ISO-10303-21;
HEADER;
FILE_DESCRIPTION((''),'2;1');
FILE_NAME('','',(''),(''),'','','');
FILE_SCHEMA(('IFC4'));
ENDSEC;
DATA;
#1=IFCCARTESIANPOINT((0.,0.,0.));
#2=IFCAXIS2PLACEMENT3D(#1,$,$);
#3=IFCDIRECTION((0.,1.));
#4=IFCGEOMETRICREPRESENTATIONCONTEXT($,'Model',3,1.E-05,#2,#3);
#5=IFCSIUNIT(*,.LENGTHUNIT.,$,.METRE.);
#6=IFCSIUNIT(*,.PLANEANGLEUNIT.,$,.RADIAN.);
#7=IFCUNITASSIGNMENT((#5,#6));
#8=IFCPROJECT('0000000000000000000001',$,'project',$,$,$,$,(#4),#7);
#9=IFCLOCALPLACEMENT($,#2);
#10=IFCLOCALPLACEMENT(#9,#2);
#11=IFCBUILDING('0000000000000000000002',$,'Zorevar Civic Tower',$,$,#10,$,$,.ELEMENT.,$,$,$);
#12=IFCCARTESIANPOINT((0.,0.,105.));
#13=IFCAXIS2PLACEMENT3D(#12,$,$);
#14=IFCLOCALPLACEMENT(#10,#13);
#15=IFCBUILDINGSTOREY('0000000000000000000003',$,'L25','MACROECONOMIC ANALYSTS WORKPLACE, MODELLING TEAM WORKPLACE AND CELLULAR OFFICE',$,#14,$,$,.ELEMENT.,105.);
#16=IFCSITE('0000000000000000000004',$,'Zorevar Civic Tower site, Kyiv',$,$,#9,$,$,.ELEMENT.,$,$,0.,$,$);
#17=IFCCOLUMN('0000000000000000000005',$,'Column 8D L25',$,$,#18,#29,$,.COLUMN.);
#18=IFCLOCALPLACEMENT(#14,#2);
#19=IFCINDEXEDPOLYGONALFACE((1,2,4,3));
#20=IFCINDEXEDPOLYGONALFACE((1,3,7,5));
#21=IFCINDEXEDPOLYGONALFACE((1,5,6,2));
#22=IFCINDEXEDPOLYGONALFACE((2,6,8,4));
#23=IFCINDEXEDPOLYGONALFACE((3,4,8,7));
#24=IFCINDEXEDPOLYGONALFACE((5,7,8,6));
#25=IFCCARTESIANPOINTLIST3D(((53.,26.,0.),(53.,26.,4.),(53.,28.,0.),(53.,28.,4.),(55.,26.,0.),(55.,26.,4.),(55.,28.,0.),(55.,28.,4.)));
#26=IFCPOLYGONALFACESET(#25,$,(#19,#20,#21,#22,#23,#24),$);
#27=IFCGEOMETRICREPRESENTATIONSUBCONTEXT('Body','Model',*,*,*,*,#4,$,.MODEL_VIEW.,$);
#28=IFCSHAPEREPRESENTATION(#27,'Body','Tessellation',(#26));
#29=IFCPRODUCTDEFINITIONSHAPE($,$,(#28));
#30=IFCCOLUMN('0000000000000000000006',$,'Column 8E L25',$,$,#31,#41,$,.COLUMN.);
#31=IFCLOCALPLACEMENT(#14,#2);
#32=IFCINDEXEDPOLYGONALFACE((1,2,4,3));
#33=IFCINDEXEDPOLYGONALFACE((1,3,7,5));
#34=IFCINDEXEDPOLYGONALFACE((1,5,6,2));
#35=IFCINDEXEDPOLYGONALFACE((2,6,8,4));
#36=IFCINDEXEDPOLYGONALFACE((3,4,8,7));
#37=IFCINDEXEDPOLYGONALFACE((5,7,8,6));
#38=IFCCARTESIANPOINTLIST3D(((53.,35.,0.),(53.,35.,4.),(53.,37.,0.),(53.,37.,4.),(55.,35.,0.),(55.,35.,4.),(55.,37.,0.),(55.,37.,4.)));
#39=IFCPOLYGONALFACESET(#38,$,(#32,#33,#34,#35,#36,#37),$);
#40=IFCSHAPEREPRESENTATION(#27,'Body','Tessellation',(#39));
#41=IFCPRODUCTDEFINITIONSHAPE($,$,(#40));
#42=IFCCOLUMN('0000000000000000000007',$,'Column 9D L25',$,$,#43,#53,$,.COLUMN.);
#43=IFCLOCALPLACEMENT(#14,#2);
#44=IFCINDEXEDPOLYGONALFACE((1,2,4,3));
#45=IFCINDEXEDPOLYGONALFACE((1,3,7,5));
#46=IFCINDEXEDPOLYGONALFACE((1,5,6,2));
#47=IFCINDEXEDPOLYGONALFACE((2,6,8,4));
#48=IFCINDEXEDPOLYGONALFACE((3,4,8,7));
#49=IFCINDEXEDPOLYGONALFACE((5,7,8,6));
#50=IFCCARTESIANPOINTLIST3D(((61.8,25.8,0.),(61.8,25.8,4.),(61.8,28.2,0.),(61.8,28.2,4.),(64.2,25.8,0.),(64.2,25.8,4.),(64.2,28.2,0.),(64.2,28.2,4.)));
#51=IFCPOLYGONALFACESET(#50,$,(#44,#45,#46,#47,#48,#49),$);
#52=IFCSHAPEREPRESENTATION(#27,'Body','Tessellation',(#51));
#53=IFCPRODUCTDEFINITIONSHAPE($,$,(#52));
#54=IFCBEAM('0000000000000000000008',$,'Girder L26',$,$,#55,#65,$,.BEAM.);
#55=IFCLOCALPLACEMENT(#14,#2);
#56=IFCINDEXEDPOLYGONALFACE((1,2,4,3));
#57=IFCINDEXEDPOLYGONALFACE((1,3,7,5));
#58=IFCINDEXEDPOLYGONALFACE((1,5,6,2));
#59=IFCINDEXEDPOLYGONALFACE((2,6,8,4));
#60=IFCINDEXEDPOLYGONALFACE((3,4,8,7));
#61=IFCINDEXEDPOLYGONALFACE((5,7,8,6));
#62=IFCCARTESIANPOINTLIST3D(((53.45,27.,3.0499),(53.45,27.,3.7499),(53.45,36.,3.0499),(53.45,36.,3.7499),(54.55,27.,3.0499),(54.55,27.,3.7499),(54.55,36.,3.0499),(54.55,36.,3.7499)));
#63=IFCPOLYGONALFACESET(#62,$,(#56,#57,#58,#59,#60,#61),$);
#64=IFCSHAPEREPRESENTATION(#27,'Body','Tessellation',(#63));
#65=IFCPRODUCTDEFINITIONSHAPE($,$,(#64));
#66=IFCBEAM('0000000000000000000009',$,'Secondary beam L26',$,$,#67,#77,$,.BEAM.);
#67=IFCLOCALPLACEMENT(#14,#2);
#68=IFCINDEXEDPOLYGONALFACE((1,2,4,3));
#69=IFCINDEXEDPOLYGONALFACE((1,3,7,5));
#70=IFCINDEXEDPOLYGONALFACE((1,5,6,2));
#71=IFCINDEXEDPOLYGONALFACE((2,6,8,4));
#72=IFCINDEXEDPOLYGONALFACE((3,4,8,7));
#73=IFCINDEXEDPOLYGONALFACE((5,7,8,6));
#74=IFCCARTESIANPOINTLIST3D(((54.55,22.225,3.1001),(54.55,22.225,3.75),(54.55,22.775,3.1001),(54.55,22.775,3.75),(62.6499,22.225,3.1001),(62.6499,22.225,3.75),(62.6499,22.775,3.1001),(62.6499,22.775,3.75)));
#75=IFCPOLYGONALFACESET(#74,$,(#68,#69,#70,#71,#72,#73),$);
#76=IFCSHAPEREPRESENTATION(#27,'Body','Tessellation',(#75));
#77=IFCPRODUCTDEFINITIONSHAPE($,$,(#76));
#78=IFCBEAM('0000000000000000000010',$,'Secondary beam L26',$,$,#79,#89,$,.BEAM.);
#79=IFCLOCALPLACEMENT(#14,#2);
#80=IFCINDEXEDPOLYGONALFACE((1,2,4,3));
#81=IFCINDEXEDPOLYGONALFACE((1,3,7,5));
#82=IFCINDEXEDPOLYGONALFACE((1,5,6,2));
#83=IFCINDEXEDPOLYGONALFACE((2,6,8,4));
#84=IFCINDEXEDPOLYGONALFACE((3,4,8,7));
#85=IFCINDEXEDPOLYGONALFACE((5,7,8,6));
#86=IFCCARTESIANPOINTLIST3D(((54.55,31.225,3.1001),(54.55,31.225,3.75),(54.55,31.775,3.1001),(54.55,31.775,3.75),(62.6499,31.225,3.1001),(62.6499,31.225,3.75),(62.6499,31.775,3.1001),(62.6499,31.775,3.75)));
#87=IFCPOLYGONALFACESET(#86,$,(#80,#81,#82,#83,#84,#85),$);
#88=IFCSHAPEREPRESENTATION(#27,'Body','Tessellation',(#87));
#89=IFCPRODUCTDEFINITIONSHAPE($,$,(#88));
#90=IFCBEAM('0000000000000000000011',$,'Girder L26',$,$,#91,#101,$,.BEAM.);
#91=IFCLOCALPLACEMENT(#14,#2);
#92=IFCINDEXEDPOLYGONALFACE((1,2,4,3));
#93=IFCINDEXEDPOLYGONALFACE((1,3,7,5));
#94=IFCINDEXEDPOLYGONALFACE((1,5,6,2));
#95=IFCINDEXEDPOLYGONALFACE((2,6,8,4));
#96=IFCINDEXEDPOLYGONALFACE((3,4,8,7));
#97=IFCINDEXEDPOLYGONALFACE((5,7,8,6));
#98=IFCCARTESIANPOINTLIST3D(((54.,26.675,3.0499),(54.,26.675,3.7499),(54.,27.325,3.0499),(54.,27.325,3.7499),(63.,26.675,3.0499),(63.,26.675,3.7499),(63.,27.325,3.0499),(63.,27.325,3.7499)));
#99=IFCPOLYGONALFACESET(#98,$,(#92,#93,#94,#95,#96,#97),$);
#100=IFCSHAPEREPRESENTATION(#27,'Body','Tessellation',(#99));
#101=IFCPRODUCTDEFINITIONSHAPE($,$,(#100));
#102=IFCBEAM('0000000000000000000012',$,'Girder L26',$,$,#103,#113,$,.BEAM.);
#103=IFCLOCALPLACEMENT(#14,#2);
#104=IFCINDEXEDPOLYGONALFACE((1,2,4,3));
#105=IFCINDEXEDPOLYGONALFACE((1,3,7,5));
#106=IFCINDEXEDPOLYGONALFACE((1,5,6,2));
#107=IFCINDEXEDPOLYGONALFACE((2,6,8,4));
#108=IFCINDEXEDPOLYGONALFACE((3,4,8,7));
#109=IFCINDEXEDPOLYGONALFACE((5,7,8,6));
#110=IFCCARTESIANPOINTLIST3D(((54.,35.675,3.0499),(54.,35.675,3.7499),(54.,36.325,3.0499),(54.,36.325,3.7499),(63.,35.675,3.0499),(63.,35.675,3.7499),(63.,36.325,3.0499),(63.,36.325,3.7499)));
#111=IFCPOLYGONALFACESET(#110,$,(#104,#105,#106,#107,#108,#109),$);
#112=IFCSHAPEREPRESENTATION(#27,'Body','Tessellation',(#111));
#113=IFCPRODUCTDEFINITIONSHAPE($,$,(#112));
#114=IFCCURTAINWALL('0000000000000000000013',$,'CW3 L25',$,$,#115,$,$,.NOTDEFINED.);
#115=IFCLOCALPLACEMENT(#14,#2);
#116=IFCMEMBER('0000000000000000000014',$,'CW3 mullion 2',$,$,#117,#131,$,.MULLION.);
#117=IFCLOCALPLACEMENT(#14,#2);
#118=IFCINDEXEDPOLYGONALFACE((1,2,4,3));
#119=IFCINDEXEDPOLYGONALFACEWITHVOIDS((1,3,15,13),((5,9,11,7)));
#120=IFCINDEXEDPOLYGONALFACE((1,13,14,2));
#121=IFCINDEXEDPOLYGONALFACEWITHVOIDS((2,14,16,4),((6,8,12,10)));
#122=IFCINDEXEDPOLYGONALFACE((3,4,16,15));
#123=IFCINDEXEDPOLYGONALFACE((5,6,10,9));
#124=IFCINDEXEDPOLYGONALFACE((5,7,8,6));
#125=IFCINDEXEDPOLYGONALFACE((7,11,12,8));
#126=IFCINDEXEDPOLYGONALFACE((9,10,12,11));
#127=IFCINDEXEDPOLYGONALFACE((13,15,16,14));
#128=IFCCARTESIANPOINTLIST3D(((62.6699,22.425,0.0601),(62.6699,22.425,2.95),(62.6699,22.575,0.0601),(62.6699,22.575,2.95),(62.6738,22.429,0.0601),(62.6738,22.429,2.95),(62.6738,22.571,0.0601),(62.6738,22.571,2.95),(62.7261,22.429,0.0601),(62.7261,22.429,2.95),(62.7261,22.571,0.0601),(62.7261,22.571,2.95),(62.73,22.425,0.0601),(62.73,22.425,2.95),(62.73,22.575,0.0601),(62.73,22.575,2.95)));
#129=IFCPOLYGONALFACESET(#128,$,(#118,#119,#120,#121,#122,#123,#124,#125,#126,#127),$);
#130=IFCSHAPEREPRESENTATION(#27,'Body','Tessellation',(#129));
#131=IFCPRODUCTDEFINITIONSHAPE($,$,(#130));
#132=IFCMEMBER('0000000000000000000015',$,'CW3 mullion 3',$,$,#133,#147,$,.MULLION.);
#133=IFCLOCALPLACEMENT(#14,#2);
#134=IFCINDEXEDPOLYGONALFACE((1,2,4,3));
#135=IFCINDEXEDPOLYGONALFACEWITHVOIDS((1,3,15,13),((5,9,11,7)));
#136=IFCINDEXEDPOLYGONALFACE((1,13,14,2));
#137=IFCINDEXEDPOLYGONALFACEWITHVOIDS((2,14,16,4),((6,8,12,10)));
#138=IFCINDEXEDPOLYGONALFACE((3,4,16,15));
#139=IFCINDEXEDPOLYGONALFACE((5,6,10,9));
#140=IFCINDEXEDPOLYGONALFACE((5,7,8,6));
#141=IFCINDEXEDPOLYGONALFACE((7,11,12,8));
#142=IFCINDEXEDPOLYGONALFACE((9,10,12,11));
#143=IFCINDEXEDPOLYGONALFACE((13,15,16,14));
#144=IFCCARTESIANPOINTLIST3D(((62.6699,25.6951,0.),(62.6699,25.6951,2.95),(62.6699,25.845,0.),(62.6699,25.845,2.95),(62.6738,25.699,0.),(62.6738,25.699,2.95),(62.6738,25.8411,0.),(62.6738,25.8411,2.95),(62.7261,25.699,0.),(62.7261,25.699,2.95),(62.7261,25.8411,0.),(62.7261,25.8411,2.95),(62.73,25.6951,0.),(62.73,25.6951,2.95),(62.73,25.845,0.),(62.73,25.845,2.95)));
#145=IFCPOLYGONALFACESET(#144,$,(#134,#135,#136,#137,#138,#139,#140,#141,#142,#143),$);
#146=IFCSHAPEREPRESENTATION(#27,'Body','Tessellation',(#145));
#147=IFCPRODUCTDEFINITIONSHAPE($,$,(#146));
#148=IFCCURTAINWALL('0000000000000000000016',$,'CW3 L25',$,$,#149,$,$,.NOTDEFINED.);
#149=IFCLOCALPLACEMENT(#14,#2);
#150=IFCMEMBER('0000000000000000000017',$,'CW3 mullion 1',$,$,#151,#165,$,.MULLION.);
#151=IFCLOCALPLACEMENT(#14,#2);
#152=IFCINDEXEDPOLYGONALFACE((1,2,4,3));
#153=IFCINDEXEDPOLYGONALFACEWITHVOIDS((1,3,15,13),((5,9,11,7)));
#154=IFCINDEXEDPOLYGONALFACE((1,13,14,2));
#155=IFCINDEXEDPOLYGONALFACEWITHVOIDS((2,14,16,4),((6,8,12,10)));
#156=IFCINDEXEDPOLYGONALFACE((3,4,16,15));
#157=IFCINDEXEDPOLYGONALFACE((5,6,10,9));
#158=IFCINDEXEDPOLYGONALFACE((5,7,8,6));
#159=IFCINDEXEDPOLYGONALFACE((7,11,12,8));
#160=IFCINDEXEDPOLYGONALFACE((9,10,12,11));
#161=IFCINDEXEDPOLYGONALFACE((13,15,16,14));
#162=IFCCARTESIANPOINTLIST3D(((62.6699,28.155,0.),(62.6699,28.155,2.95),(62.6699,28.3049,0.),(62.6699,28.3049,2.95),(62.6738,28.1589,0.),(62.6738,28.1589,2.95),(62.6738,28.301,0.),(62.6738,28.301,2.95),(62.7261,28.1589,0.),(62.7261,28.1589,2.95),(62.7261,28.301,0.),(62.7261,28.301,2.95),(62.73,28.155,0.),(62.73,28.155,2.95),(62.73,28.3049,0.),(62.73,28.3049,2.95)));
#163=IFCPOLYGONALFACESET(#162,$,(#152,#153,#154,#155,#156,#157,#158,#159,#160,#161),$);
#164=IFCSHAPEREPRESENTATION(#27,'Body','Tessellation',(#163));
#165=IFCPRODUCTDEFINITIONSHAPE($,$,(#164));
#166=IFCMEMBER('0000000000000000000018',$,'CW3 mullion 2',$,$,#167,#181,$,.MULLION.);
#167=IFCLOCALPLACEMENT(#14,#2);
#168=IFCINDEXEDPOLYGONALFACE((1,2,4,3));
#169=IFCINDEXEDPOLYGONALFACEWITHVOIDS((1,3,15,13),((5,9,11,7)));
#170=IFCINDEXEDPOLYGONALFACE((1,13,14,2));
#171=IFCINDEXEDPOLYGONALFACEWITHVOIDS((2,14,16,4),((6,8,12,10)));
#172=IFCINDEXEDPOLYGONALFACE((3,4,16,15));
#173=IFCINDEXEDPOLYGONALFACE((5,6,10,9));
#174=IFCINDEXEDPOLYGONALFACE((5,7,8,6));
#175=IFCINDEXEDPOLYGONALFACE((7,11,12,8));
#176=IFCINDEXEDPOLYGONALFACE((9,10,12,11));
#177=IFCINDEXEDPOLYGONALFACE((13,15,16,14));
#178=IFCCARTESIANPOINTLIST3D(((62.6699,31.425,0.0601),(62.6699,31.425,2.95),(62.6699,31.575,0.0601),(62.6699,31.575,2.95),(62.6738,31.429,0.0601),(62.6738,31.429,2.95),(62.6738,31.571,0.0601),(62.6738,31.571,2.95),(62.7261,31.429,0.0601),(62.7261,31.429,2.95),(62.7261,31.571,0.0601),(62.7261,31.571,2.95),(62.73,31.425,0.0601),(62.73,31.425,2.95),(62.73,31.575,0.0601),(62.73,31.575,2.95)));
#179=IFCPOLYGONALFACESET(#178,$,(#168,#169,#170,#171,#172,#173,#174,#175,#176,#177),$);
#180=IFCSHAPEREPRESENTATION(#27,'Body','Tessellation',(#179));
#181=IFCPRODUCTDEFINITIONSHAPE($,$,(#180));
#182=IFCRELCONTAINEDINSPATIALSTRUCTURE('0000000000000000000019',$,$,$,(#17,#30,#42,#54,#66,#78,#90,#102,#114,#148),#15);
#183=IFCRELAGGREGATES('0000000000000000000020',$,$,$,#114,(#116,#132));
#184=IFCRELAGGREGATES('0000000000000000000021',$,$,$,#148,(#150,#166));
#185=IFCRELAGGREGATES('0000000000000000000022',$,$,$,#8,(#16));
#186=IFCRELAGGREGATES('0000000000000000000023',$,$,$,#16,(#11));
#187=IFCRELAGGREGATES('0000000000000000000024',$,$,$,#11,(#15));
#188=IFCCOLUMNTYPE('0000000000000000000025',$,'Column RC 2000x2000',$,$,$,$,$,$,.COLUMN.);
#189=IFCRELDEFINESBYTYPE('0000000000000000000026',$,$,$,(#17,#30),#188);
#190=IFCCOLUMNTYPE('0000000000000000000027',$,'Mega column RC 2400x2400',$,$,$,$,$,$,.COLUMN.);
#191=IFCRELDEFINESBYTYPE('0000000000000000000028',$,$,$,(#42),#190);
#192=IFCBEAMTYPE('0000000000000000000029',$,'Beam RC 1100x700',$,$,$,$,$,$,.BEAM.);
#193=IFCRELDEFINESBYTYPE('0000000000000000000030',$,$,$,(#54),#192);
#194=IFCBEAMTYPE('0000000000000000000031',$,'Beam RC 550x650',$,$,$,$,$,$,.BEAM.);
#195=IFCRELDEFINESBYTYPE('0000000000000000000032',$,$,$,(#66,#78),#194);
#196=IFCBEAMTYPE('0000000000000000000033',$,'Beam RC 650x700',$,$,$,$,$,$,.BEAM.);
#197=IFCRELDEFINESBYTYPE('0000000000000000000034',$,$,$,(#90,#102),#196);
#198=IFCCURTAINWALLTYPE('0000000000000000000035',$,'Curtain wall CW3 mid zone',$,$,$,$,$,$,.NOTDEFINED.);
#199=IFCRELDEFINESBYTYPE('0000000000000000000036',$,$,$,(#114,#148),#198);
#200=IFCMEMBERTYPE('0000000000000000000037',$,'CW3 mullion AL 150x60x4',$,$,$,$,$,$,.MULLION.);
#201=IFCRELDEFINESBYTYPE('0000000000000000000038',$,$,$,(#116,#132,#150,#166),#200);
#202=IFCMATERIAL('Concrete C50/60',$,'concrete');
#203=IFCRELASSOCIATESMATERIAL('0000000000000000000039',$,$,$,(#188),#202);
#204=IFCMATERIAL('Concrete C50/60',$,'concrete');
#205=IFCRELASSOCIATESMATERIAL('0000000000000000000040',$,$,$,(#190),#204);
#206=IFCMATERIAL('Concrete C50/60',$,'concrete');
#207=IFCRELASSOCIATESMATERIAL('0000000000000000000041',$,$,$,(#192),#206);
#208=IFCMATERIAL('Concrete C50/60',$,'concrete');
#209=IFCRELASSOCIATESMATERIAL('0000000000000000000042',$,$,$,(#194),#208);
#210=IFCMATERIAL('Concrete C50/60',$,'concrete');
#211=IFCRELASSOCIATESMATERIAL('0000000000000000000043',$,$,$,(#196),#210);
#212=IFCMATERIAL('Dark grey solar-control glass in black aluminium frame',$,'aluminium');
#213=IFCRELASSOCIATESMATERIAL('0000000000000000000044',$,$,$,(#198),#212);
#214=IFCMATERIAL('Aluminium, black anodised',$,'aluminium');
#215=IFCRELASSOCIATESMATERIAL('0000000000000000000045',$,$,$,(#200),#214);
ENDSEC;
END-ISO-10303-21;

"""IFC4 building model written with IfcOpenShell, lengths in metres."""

from ifc_helpers import new_model, si_unit, direction, frame, origin, origin_2d, place, context, subcontext, project, spatial, rectangle, hollow_rectangle, extrude, material, material_profile, profile_set, type_object, element, aggregate, save


model = new_model("IFC4")

# Units and contexts
model_context = context("Model", 3, precision=1e-05, world=origin(), true_north=direction((0.0, 1.0)))
body_context = subcontext(model_context, "Body", "Model", "MODEL_VIEW")
ifc_project = project(units=[si_unit("LENGTHUNIT", "METRE"), si_unit("PLANEANGLEUNIT", "RADIAN")], contexts=[model_context])

# Site, building, storey
site_placement = place(None, origin())
site = spatial("IfcSite", under=ifc_project, at=site_placement, Name="Zorevar Civic Tower site, Kyiv", CompositionType="ELEMENT", RefElevation=0.0)
building_placement = place(site_placement, origin())
building = spatial("IfcBuilding", under=site, at=building_placement, Name="Zorevar Civic Tower", CompositionType="ELEMENT")
storey_placement = place(building_placement, frame((0.0, 0.0, 105.0)))
storey = spatial("IfcBuildingStorey", under=building, at=storey_placement, Name="L25", Description="MACROECONOMIC ANALYSTS WORKPLACE, MODELLING TEAM WORKPLACE AND CELLULAR OFFICE", CompositionType="ELEMENT", Elevation=105.0)

# Columns
ifc_material_1 = material(Name="Concrete C50/60", Category="concrete")
ifc_material_profile_1 = material_profile(ifc_material_1, rectangle(XDim=2.0, YDim=2.0, at=origin_2d()), Name="RC 2000x2000")
ifc_profile_set_1 = profile_set([ifc_material_profile_1], Name="Concrete C50/60")
column_type_1 = type_object("IfcColumnType", Name="Column RC 2000x2000", PredefinedType="COLUMN", material=ifc_profile_set_1)
for number, where, z_axis, x_axis, name in (
    (1, (54.0, 27.0, 0.0), (0.0, 0.0, 1.0), (1.0, 0.0, 0.0), "Column 8D L25"),
    (2, (54.0, 36.0, 0.0), (0.0, 0.0, 1.0), (1.0, 0.0, 0.0), "Column 8E L25"),
):
    element("IfcColumn", number, at=place(storey_placement, frame(where, z_axis=z_axis, x_axis=x_axis)), inside=storey, type_object=column_type_1, Name=name, PredefinedType="COLUMN", context=body_context, shape_type="SweptSolid", body=[
        extrude(rectangle(XDim=2.0, YDim=2.0, at=origin_2d()), origin(), (0.0, 0.0, 1.0), 4.0),
    ])
ifc_material_2 = material(Name="Concrete C50/60", Category="concrete")
ifc_material_profile_2 = material_profile(ifc_material_2, rectangle(XDim=2.3999, YDim=2.3999, at=origin_2d()), Name="RC 2400x2400")
ifc_profile_set_2 = profile_set([ifc_material_profile_2], Name="Concrete C50/60")
column_type_2 = type_object("IfcColumnType", Name="Mega column RC 2400x2400", PredefinedType="COLUMN", material=ifc_profile_set_2)
column_placement = place(storey_placement, frame((63.0, 27.0, 0.0), z_axis=(0.0, 0.0, 1.0), x_axis=(1.0, 0.0, 0.0)))
element("IfcColumn", 3, at=column_placement, inside=storey, type_object=column_type_2, Name="Column 9D L25", PredefinedType="COLUMN", context=body_context, shape_type="SweptSolid", body=[
    extrude(rectangle(XDim=2.3999, YDim=2.3999, at=origin_2d()), origin(), (0.0, 0.0, 1.0), 4.0),
])

# Beams
ifc_material_3 = material(Name="Concrete C50/60", Category="concrete")
ifc_material_profile_3 = material_profile(ifc_material_3, rectangle(XDim=1.1001, YDim=0.7, at=origin_2d()), Name="RC 1100x700")
ifc_profile_set_3 = profile_set([ifc_material_profile_3], Name="Concrete C50/60")
beam_type_1 = type_object("IfcBeamType", Name="Beam RC 1100x700", PredefinedType="BEAM", material=ifc_profile_set_3)
beam_1_placement = place(storey_placement, frame((54.0, 27.0, 3.3999), z_axis=(0.0, 1.0, 0.0), x_axis=(-1.0, 0.0, 0.0)))
element("IfcBeam", 4, at=beam_1_placement, inside=storey, type_object=beam_type_1, Name="Girder L26", PredefinedType="BEAM", context=body_context, shape_type="SweptSolid", body=[
    extrude(rectangle(XDim=1.1001, YDim=0.7, at=origin_2d()), origin(), (0.0, 0.0, 1.0), 9.0),
])
ifc_material_4 = material(Name="Concrete C50/60", Category="concrete")
ifc_material_profile_4 = material_profile(ifc_material_4, rectangle(XDim=0.55, YDim=0.6499, at=origin_2d()), Name="RC 550x650")
ifc_profile_set_4 = profile_set([ifc_material_profile_4], Name="Concrete C50/60")
beam_type_2 = type_object("IfcBeamType", Name="Beam RC 550x650", PredefinedType="BEAM", material=ifc_profile_set_4)
for number, where, z_axis, x_axis, name in (
    (5, (54.55, 22.5, 3.425), (1.0, 0.0, 0.0), (0.0, 1.0, 0.0), "Secondary beam L26"),
    (6, (54.55, 31.5, 3.425), (1.0, 0.0, 0.0), (0.0, 1.0, 0.0), "Secondary beam L26"),
):
    element("IfcBeam", number, at=place(storey_placement, frame(where, z_axis=z_axis, x_axis=x_axis)), inside=storey, type_object=beam_type_2, Name=name, PredefinedType="BEAM", context=body_context, shape_type="SweptSolid", body=[
        extrude(rectangle(XDim=0.55, YDim=0.6499, at=origin_2d()), origin(), (0.0, 0.0, 1.0), 8.0999),
    ])
ifc_material_5 = material(Name="Concrete C50/60", Category="concrete")
ifc_material_profile_5 = material_profile(ifc_material_5, rectangle(XDim=0.6499, YDim=0.7, at=origin_2d()), Name="RC 650x700")
ifc_profile_set_5 = profile_set([ifc_material_profile_5], Name="Concrete C50/60")
beam_type_3 = type_object("IfcBeamType", Name="Beam RC 650x700", PredefinedType="BEAM", material=ifc_profile_set_5)
for number, where, z_axis, x_axis, name in (
    (7, (54.0, 27.0, 3.3999), (1.0, 0.0, 0.0), (0.0, 1.0, 0.0), "Girder L26"),
    (8, (54.0, 36.0, 3.3999), (1.0, 0.0, 0.0), (0.0, 1.0, 0.0), "Girder L26"),
):
    element("IfcBeam", number, at=place(storey_placement, frame(where, z_axis=z_axis, x_axis=x_axis)), inside=storey, type_object=beam_type_3, Name=name, PredefinedType="BEAM", context=body_context, shape_type="SweptSolid", body=[
        extrude(rectangle(XDim=0.6499, YDim=0.7, at=origin_2d()), origin(), (0.0, 0.0, 1.0), 9.0),
    ])

# Curtain walls, members
ifc_material_6 = material(Name="Dark grey solar-control glass in black aluminium frame", Category="aluminium")
curtain_wall_type = type_object("IfcCurtainWallType", Name="Curtain wall CW3 mid zone", PredefinedType="NOTDEFINED", material=ifc_material_6)
curtain_wall_1_placement = place(storey_placement, origin())
curtain_wall_1 = element("IfcCurtainWall", 9, at=curtain_wall_1_placement, inside=storey, type_object=curtain_wall_type, Name="CW3 L25", PredefinedType="NOTDEFINED")
ifc_material_7 = material(Name="Aluminium, black anodised", Category="aluminium")
ifc_material_profile_6 = material_profile(ifc_material_7, hollow_rectangle(XDim=0.0601, YDim=0.1499, WallThickness=0.0039, at=origin_2d()), Name="AL 150x60x4")
ifc_profile_set_6 = profile_set([ifc_material_profile_6], Name="Aluminium, black anodised")
member_type_1 = type_object("IfcMemberType", Name="CW3 mullion AL 150x60x4", PredefinedType="MULLION", material=ifc_profile_set_6)
member_1_placement = place(storey_placement, frame((62.7, 22.5, 0.0601), z_axis=(0.0, 0.0, 1.0), x_axis=(-1.0, 0.0, 0.0)))
member_1 = element("IfcMember", 10, at=member_1_placement, type_object=member_type_1, Name="CW3 mullion 2", PredefinedType="MULLION", context=body_context, shape_type="SweptSolid", body=[
    extrude(hollow_rectangle(XDim=0.0601, YDim=0.1499, WallThickness=0.0039, at=origin_2d()), origin(), (0.0, 0.0, 1.0), 2.8899),
])
member_2_placement = place(storey_placement, frame((62.7, 25.77, 0.0), z_axis=(0.0, 0.0, 1.0), x_axis=(-1.0, 0.0, 0.0)))
member_2 = element("IfcMember", 11, at=member_2_placement, type_object=member_type_1, Name="CW3 mullion 3", PredefinedType="MULLION", context=body_context, shape_type="SweptSolid", body=[
    extrude(hollow_rectangle(XDim=0.0601, YDim=0.1499, WallThickness=0.0039, at=origin_2d()), origin(), (0.0, 0.0, 1.0), 2.95),
])
curtain_wall_2_placement = place(storey_placement, origin())
curtain_wall_2 = element("IfcCurtainWall", 12, at=curtain_wall_2_placement, inside=storey, type_object=curtain_wall_type, Name="CW3 L25", PredefinedType="NOTDEFINED")
member_3_placement = place(storey_placement, frame((62.7, 28.23, 0.0), z_axis=(0.0, 0.0, 1.0), x_axis=(-1.0, 0.0, 0.0)))
member_3 = element("IfcMember", 13, at=member_3_placement, type_object=member_type_1, Name="CW3 mullion 1", PredefinedType="MULLION", context=body_context, shape_type="SweptSolid", body=[
    extrude(hollow_rectangle(XDim=0.0601, YDim=0.1499, WallThickness=0.0039, at=origin_2d()), origin(), (0.0, 0.0, 1.0), 2.95),
])
member_4_placement = place(storey_placement, frame((62.7, 31.5, 0.0601), z_axis=(0.0, 0.0, 1.0), x_axis=(-1.0, 0.0, 0.0)))
member_4 = element("IfcMember", 14, at=member_4_placement, type_object=member_type_1, Name="CW3 mullion 2", PredefinedType="MULLION", context=body_context, shape_type="SweptSolid", body=[
    extrude(hollow_rectangle(XDim=0.0601, YDim=0.1499, WallThickness=0.0039, at=origin_2d()), origin(), (0.0, 0.0, 1.0), 2.8899),
])

aggregate(curtain_wall_1, [member_1, member_2])
aggregate(curtain_wall_2, [member_3, member_4])

save(model, "model.ifc")
